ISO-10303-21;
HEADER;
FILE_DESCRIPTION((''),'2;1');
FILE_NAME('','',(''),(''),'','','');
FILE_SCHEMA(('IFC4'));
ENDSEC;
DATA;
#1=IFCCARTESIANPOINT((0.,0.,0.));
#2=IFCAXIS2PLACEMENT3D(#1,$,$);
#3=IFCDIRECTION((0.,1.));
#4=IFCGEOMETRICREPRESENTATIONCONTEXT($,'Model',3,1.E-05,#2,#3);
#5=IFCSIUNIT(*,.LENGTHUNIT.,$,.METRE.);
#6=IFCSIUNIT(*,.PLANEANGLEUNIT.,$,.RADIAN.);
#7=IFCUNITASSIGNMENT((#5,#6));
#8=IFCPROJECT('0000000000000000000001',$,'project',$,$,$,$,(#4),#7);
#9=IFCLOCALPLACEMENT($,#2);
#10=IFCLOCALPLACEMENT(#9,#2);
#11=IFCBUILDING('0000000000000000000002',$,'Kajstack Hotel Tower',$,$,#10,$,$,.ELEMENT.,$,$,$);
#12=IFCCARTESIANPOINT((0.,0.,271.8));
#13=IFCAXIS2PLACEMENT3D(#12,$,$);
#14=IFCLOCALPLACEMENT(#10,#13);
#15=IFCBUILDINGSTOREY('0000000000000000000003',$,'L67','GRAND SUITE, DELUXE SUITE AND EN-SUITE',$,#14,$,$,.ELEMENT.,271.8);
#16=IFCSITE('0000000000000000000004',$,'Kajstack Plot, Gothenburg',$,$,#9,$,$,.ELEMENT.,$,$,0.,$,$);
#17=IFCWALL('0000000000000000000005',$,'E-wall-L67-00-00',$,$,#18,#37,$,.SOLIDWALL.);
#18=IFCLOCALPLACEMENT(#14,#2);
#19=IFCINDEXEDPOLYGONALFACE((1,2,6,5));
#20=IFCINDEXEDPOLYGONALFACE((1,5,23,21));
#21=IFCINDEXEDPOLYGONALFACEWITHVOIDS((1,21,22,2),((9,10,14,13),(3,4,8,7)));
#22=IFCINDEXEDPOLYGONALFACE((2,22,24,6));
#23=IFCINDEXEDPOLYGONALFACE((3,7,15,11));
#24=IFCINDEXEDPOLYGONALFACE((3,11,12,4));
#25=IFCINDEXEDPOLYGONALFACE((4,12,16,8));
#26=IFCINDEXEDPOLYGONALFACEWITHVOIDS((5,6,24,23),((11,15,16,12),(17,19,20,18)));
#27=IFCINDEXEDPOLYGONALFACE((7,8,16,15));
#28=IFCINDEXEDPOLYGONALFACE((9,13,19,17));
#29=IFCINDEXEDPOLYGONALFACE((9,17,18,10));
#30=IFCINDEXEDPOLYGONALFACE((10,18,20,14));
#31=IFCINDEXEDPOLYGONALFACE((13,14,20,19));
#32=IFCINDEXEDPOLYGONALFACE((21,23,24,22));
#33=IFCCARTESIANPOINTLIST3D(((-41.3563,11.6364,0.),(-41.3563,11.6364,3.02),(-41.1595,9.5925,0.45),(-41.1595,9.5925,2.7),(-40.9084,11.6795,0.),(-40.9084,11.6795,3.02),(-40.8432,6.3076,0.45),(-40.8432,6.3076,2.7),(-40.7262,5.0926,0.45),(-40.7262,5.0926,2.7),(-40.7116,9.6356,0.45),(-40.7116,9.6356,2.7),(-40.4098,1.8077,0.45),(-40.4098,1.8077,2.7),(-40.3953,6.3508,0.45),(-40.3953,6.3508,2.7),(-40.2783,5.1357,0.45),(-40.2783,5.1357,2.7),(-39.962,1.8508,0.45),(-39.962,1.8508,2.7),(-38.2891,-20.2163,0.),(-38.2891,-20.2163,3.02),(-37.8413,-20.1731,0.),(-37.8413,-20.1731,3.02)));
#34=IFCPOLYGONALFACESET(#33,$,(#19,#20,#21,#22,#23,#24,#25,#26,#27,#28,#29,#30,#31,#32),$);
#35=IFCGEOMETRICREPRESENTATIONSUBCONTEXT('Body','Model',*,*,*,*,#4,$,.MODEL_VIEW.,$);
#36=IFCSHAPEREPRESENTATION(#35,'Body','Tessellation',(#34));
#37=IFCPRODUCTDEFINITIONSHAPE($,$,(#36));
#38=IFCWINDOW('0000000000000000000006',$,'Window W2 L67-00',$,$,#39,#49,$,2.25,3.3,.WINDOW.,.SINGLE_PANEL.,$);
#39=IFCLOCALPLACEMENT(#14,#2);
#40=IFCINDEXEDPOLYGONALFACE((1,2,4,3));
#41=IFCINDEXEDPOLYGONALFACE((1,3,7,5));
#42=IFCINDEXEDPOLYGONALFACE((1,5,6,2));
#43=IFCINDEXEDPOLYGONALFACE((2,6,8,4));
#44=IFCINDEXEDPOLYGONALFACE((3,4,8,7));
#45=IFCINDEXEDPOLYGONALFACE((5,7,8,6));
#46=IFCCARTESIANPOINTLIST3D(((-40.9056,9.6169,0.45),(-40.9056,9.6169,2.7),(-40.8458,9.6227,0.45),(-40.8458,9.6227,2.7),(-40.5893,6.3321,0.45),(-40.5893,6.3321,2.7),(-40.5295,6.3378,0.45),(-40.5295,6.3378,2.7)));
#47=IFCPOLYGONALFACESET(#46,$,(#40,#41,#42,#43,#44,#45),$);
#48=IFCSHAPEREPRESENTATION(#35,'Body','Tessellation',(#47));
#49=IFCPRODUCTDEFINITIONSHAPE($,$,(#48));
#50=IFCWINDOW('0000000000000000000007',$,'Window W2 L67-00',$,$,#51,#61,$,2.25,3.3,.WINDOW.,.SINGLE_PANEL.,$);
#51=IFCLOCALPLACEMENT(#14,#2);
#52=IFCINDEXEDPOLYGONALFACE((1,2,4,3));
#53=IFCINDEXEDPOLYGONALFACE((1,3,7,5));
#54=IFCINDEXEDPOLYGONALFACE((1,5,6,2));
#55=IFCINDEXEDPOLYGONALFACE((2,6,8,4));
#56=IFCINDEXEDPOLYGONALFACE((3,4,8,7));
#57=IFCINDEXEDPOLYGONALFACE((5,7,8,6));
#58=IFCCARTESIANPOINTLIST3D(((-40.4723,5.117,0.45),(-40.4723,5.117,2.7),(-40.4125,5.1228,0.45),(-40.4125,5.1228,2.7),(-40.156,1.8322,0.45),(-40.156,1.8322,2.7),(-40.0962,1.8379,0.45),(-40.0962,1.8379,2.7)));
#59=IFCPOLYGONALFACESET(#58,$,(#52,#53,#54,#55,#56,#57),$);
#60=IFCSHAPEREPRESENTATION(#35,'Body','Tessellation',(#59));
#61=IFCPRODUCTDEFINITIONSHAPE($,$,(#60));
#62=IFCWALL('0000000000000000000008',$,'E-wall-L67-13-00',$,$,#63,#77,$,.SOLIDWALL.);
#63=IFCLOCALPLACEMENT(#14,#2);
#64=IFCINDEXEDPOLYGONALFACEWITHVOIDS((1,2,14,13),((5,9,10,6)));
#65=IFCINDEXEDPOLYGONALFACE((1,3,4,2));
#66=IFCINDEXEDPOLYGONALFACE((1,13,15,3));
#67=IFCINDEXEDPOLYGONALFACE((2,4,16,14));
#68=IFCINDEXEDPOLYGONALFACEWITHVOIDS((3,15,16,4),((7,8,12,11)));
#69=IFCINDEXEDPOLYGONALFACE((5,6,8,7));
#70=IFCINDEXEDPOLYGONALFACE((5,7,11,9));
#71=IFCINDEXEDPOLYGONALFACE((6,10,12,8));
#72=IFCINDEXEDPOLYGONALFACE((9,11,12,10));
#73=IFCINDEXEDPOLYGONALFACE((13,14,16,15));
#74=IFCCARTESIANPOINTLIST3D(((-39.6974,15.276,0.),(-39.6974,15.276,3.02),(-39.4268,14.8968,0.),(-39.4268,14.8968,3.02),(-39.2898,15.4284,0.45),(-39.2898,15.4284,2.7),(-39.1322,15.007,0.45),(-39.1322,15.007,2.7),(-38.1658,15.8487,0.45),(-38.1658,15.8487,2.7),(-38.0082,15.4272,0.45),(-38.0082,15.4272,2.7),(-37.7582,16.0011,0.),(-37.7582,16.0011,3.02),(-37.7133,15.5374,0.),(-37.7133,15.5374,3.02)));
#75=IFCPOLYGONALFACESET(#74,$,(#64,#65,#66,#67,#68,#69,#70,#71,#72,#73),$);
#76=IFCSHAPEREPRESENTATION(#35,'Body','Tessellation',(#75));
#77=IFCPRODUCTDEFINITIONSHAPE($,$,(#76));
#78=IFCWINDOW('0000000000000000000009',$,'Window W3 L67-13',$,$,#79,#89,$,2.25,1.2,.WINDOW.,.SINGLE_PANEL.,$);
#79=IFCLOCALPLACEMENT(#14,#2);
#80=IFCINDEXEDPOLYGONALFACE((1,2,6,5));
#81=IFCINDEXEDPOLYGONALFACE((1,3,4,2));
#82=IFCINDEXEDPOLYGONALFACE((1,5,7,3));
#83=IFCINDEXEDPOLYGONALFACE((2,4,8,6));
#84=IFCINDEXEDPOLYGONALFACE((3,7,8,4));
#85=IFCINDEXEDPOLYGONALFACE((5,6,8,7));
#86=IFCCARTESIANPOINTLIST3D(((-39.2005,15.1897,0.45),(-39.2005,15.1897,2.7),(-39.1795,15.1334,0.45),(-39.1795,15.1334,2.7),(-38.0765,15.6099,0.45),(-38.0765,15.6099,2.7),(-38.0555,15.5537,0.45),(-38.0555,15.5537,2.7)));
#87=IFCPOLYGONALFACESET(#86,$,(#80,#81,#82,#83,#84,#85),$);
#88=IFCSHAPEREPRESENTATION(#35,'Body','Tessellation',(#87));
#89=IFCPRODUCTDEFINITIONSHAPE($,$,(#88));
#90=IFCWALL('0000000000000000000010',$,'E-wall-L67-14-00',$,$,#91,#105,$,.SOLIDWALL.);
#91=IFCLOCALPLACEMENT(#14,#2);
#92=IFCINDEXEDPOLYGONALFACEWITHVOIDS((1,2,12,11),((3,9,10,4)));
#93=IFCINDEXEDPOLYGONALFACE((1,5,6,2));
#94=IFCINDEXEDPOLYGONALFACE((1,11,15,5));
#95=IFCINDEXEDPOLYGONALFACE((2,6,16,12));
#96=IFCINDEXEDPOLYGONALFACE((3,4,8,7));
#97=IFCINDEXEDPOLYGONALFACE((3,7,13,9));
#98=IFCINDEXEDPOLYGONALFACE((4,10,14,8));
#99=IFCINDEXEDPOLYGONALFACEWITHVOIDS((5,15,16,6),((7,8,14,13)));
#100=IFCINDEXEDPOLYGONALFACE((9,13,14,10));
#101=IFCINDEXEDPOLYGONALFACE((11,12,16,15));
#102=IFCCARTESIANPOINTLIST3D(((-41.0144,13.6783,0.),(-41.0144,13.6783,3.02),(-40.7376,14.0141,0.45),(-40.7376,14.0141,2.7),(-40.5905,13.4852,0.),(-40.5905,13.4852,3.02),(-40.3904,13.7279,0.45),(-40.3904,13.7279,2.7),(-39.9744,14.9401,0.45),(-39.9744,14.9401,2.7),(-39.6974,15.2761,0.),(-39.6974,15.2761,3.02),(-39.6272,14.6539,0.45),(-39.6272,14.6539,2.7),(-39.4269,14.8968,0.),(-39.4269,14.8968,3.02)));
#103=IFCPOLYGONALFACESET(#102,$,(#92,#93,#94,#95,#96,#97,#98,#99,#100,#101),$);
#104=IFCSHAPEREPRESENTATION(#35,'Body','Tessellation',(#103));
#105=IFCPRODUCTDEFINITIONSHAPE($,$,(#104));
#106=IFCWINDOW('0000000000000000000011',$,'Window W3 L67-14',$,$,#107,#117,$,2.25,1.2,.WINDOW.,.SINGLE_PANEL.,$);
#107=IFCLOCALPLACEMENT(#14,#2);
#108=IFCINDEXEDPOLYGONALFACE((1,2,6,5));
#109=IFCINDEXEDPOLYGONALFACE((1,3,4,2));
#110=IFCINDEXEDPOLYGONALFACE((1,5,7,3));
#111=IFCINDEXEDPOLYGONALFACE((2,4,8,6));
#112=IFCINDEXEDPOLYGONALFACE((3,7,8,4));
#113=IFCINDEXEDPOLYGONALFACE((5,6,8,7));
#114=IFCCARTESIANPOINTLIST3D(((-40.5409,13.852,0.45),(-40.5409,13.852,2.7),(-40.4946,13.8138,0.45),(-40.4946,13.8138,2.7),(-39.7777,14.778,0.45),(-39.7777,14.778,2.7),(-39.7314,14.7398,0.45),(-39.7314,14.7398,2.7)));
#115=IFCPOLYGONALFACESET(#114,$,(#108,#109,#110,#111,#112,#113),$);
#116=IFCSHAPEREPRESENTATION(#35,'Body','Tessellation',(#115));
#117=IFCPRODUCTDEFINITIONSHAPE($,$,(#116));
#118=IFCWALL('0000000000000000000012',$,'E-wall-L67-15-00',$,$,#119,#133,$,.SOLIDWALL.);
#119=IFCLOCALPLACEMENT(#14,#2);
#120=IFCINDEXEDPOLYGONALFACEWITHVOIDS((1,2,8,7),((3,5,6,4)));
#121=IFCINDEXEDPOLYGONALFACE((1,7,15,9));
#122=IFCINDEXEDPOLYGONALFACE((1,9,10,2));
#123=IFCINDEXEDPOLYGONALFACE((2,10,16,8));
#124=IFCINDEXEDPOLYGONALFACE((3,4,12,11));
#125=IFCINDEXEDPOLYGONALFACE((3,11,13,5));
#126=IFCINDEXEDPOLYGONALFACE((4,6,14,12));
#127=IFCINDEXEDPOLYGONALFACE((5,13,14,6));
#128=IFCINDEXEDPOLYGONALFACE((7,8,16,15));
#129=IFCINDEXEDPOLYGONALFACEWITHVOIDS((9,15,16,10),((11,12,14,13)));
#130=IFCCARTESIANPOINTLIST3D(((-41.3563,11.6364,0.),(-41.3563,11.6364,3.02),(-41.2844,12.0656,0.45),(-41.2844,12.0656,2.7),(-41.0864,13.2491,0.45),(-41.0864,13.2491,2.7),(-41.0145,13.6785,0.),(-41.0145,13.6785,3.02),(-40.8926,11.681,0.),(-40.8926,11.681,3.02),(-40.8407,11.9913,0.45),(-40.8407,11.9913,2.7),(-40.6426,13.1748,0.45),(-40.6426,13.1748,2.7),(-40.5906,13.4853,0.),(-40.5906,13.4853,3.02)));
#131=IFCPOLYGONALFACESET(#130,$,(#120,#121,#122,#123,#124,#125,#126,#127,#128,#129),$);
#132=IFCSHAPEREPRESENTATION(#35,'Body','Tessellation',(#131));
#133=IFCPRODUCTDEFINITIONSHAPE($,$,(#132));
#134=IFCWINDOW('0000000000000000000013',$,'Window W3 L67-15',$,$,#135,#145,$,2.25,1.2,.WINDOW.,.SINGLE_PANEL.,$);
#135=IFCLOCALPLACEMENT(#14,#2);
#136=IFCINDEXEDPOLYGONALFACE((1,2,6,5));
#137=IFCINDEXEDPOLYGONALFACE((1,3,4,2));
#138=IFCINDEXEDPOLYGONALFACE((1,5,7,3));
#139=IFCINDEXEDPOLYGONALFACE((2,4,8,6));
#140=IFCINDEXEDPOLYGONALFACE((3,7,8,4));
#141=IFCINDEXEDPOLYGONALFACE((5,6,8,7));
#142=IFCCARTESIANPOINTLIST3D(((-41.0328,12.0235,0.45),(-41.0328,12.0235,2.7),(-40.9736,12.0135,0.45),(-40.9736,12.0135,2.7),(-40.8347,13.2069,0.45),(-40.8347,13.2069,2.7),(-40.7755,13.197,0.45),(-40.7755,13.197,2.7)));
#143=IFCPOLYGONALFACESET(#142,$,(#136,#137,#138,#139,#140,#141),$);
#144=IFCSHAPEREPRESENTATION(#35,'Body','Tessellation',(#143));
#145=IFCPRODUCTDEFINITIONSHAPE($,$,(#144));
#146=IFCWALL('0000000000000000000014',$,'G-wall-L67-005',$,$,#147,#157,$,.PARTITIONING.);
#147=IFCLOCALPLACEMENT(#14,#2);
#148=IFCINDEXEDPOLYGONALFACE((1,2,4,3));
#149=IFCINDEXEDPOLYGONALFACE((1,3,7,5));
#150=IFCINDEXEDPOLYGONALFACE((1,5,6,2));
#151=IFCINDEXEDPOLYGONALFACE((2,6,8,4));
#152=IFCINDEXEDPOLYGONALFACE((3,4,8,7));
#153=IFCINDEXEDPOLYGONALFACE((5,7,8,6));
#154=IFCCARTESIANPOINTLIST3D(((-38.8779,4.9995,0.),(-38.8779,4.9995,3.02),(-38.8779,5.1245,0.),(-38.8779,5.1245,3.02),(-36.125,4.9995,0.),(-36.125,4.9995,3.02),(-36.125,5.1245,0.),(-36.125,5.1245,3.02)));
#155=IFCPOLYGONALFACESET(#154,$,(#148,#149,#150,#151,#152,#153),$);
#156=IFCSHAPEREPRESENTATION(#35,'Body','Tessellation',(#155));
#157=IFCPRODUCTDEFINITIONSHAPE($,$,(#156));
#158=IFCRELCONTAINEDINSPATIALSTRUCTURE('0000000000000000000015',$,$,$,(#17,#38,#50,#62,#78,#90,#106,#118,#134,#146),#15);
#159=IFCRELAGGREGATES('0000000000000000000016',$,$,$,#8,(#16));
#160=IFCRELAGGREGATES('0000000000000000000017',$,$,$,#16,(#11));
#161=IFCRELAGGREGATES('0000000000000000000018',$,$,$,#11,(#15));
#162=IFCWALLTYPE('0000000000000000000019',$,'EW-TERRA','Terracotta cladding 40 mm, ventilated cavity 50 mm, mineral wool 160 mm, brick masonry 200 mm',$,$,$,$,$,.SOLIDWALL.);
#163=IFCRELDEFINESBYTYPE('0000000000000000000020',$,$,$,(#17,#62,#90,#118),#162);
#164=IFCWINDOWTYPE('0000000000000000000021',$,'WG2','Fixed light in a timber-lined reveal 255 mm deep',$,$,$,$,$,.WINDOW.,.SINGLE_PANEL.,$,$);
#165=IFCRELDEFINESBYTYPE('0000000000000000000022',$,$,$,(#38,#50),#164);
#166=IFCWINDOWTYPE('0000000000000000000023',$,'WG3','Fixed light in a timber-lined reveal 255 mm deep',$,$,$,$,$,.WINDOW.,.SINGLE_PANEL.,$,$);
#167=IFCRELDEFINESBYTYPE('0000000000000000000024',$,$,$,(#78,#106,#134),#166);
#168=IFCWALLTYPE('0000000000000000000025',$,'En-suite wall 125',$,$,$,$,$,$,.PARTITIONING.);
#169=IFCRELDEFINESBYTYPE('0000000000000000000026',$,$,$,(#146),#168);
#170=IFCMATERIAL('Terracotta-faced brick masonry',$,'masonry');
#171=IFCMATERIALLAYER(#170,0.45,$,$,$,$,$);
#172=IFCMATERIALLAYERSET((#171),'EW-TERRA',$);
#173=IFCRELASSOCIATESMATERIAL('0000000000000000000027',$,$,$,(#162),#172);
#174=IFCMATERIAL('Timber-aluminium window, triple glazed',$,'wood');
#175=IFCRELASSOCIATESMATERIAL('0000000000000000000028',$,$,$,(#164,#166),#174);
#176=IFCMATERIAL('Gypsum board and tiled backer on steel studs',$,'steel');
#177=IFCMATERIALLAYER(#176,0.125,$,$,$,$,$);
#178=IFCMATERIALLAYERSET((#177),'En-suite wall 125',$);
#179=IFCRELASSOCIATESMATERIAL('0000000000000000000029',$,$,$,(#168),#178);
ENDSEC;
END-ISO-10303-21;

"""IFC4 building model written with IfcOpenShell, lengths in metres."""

from ifc_helpers import new_model, si_unit, direction, frame, frame_2d, origin, place, context, subcontext, project, spatial, polyline, rectangle, outline, extrude, material, layer, layer_set, type_object, element, fill, save


model = new_model("IFC4")

# Units and contexts
model_context = context("Model", 3, precision=1e-05, world=origin(), true_north=direction((0.0, 1.0)))
body_context = subcontext(model_context, "Body", "Model", "MODEL_VIEW")
ifc_project = project(units=[si_unit("LENGTHUNIT", "METRE"), si_unit("PLANEANGLEUNIT", "RADIAN")], contexts=[model_context])

# Site, building, storey
site_placement = place(None, origin())
site = spatial("IfcSite", under=ifc_project, at=site_placement, Name="Kajstack Plot, Gothenburg", CompositionType="ELEMENT", RefElevation=0.0)
building_placement = place(site_placement, origin())
building = spatial("IfcBuilding", under=site, at=building_placement, Name="Kajstack Hotel Tower", CompositionType="ELEMENT")
storey_placement = place(building_placement, frame((0.0, 0.0, 271.8)))
storey = spatial("IfcBuildingStorey", under=building, at=storey_placement, Name="L67", Description="GRAND SUITE, DELUXE SUITE AND EN-SUITE", CompositionType="ELEMENT", Elevation=271.8)

# Wall, openings, windows
ifc_material_1 = material(Name="Terracotta-faced brick masonry", Category="masonry")
ifc_layer_1 = layer(ifc_material_1, 0.45)
ifc_layer_set_1 = layer_set([ifc_layer_1], Name="EW-TERRA")
wall_type_1 = type_object("IfcWallType", Name="EW-TERRA", Description="Terracotta cladding 40 mm, ventilated cavity 50 mm, mineral wool 160 mm, brick masonry 200 mm", PredefinedType="SOLIDWALL", material=ifc_layer_set_1)
wall_1_placement = place(storey_placement, frame((-41.1323, 11.658, 0.0), z_axis=(0.0, 0.0, 1.0), x_axis=(0.095848, -0.995396, 0.0)))
wall_1 = element("IfcWall", 1, at=wall_1_placement, inside=storey, type_object=wall_type_1, Name="E-wall-L67-00-00", PredefinedType="SOLIDWALL", context=body_context, shape_type="SweptSolid", body=[
    extrude(rectangle(XDim=32.0, YDim=0.45, at=frame_2d((16.0, 0.0))), origin(), (0.0, 0.0, 1.0), 3.02),
])
opening_1_placement = place(wall_1_placement, frame((2.0535, 0.0, 0.45)))
opening_1 = element("IfcOpeningElement", 2, at=opening_1_placement, cuts=wall_1, PredefinedType="OPENING", context=body_context, shape_type="SweptSolid", body=[
    extrude(rectangle(XDim=3.3, YDim=2.25, at=frame_2d((1.6499, 1.125))), frame((0.0, 0.2349, 0.0), z_axis=(0.0, -1.0, 0.0), x_axis=(1.0, 0.0, 0.0)), (0.0, 0.0, 1.0), 0.47),
])
opening_2_placement = place(wall_1_placement, frame((6.5742, 0.0, 0.45)))
opening_2 = element("IfcOpeningElement", 3, at=opening_2_placement, cuts=wall_1, PredefinedType="OPENING", context=body_context, shape_type="SweptSolid", body=[
    extrude(rectangle(XDim=3.3, YDim=2.25, at=frame_2d((1.6499, 1.125))), frame((0.0, 0.2349, 0.0), z_axis=(0.0, -1.0, 0.0), x_axis=(1.0, 0.0, 0.0)), (0.0, 0.0, 1.0), 0.47),
])
ifc_material_2 = material(Name="Timber-aluminium window, triple glazed", Category="wood")
window_type_1 = type_object("IfcWindowType", Name="WG2", Description="Fixed light in a timber-lined reveal 255 mm deep", PartitioningType="SINGLE_PANEL", PredefinedType="WINDOW", material=ifc_material_2)
window_1_placement = place(opening_1_placement, origin())
window_1 = element("IfcWindow", 4, at=window_1_placement, inside=storey, type_object=window_type_1, Name="Window W2 L67-00", OverallHeight=2.25, OverallWidth=3.3, PartitioningType="SINGLE_PANEL", PredefinedType="WINDOW", context=body_context, shape_type="SweptSolid", body=[
    extrude(rectangle(XDim=3.3, YDim=2.25, at=frame_2d((1.6499, 1.125))), frame((0.0, 0.0901, 0.0), z_axis=(0.0, -1.0, 0.0), x_axis=(1.0, 0.0, 0.0)), (0.0, 0.0, 1.0), 0.0601),
])
fill(opening_1, window_1)
window_2_placement = place(opening_2_placement, origin())
window_2 = element("IfcWindow", 5, at=window_2_placement, inside=storey, type_object=window_type_1, Name="Window W2 L67-00", OverallHeight=2.25, OverallWidth=3.3, PartitioningType="SINGLE_PANEL", PredefinedType="WINDOW", context=body_context, shape_type="SweptSolid", body=[
    extrude(rectangle(XDim=3.3, YDim=2.25, at=frame_2d((1.6499, 1.125))), frame((0.0, 0.0901, 0.0), z_axis=(0.0, -1.0, 0.0), x_axis=(1.0, 0.0, 0.0)), (0.0, 0.0, 1.0), 0.0601),
])
fill(opening_2, window_2)

# Walls, openings, windows
wall_2_placement = place(storey_placement, frame((-37.6792, 15.7905, 0.0), z_axis=(0.0, 0.0, 1.0), x_axis=(-0.936678, -0.350193, 0.0)))
wall_2 = element("IfcWall", 6, at=wall_2_placement, inside=storey, type_object=wall_type_1, Name="E-wall-L67-13-00", PredefinedType="SOLIDWALL", context=body_context, shape_type="SweptSolid", body=[
    extrude(outline(polyline([(0.0002, -0.2249), (2.0706, -0.2249), (1.95, 0.2251), (0.1206, 0.2251), (0.0002, -0.2249)])), origin(), (0.0, 0.0, 1.0), 3.02),
])
opening_3_placement = place(wall_2_placement, frame((0.4353, 0.0, 0.45)))
opening_3 = element("IfcOpeningElement", 7, at=opening_3_placement, cuts=wall_2, PredefinedType="OPENING", context=body_context, shape_type="SweptSolid", body=[
    extrude(rectangle(XDim=1.2, YDim=2.25, at=frame_2d((0.6001, 1.125))), frame((0.0, 0.2349, 0.0), z_axis=(0.0, -1.0, 0.0), x_axis=(1.0, 0.0, 0.0)), (0.0, 0.0, 1.0), 0.47),
])
window_type_2 = type_object("IfcWindowType", Name="WG3", Description="Fixed light in a timber-lined reveal 255 mm deep", PartitioningType="SINGLE_PANEL", PredefinedType="WINDOW", material=ifc_material_2)
window_3_placement = place(opening_3_placement, origin())
window_3 = element("IfcWindow", 8, at=window_3_placement, inside=storey, type_object=window_type_2, Name="Window W3 L67-13", OverallHeight=2.25, OverallWidth=1.2, PartitioningType="SINGLE_PANEL", PredefinedType="WINDOW", context=body_context, shape_type="SweptSolid", body=[
    extrude(rectangle(XDim=1.2, YDim=2.25, at=frame_2d((0.6001, 1.125))), frame((0.0, 0.0901, 0.0), z_axis=(0.0, -1.0, 0.0), x_axis=(1.0, 0.0, 0.0)), (0.0, 0.0, 1.0), 0.0601),
])
fill(opening_3, window_3)
wall_3_placement = place(storey_placement, frame((-39.5239, 15.1331, 0.0), z_axis=(0.0, 0.0, 1.0), x_axis=(-0.636046, -0.771651, 0.0)))
wall_3 = element("IfcWall", 9, at=wall_3_placement, inside=storey, type_object=wall_type_1, Name="E-wall-L67-14-00", PredefinedType="SOLIDWALL", context=body_context, shape_type="SweptSolid", body=[
    extrude(outline(polyline([(0.0, -0.2249), (2.0706, -0.2249), (1.95, 0.2251), (0.1206, 0.2251), (0.0, -0.2249)])), origin(), (0.0, 0.0, 1.0), 3.02),
])
opening_4_placement = place(wall_3_placement, frame((0.4353, 0.0, 0.45)))
opening_4 = element("IfcOpeningElement", 10, at=opening_4_placement, cuts=wall_3, PredefinedType="OPENING", context=body_context, shape_type="SweptSolid", body=[
    extrude(rectangle(XDim=1.2, YDim=2.25, at=frame_2d((0.6001, 1.125))), frame((0.0, 0.2349, 0.0), z_axis=(0.0, -1.0, 0.0), x_axis=(1.0, 0.0, 0.0)), (0.0, 0.0, 1.0), 0.47),
])
window_4_placement = place(opening_4_placement, origin())
window_4 = element("IfcWindow", 11, at=window_4_placement, inside=storey, type_object=window_type_2, Name="Window W3 L67-14", OverallHeight=2.25, OverallWidth=1.2, PartitioningType="SINGLE_PANEL", PredefinedType="WINDOW", context=body_context, shape_type="SweptSolid", body=[
    extrude(rectangle(XDim=1.2, YDim=2.25, at=frame_2d((0.6001, 1.125))), frame((0.0, 0.0901, 0.0), z_axis=(0.0, -1.0, 0.0), x_axis=(1.0, 0.0, 0.0)), (0.0, 0.0, 1.0), 0.0601),
])
fill(opening_4, window_4)
wall_4_placement = place(storey_placement, frame((-40.7925, 13.6414, 0.0), z_axis=(0.0, 0.0, 1.0), x_axis=(-0.165068, -0.986282, 0.0)))
wall_4 = element("IfcWall", 12, at=wall_4_placement, inside=storey, type_object=wall_type_1, Name="E-wall-L67-15-00", PredefinedType="SOLIDWALL", context=body_context, shape_type="SweptSolid", body=[
    extrude(outline(polyline([(0.0, -0.2251), (2.0706, -0.2251), (1.95, 0.2249), (0.1206, 0.2249), (0.0, -0.2251)])), origin(), (0.0, 0.0, 1.0), 3.02),
])
opening_5_placement = place(wall_4_placement, frame((0.4353, 0.0, 0.45)))
opening_5 = element("IfcOpeningElement", 13, at=opening_5_placement, cuts=wall_4, PredefinedType="OPENING", context=body_context, shape_type="SweptSolid", body=[
    extrude(rectangle(XDim=1.2, YDim=2.25, at=frame_2d((0.6001, 1.125))), frame((0.0, 0.2349, 0.0), z_axis=(0.0, -1.0, 0.0), x_axis=(1.0, 0.0, 0.0)), (0.0, 0.0, 1.0), 0.47),
])
window_5_placement = place(opening_5_placement, origin())
window_5 = element("IfcWindow", 14, at=window_5_placement, inside=storey, type_object=window_type_2, Name="Window W3 L67-15", OverallHeight=2.25, OverallWidth=1.2, PartitioningType="SINGLE_PANEL", PredefinedType="WINDOW", context=body_context, shape_type="SweptSolid", body=[
    extrude(rectangle(XDim=1.2, YDim=2.25, at=frame_2d((0.6001, 1.125))), frame((0.0, 0.0901, 0.0), z_axis=(0.0, -1.0, 0.0), x_axis=(1.0, 0.0, 0.0)), (0.0, 0.0, 1.0), 0.0601),
])
fill(opening_5, window_5)

# Wall
ifc_material_3 = material(Name="Gypsum board and tiled backer on steel studs", Category="steel")
ifc_layer_2 = layer(ifc_material_3, 0.125)
ifc_layer_set_2 = layer_set([ifc_layer_2], Name="En-suite wall 125")
wall_type_2 = type_object("IfcWallType", Name="En-suite wall 125", PredefinedType="PARTITIONING", material=ifc_layer_set_2)
wall_5_placement = place(storey_placement, frame((-38.8779, 5.062, 0.0), z_axis=(0.0, 0.0, 1.0), x_axis=(1.0, 0.0, 0.0)))
element("IfcWall", 15, at=wall_5_placement, inside=storey, type_object=wall_type_2, Name="G-wall-L67-005", PredefinedType="PARTITIONING", context=body_context, shape_type="SweptSolid", body=[
    extrude(rectangle(XDim=2.7529, YDim=0.125, at=frame_2d((1.3765, 0.0))), origin(), (0.0, 0.0, 1.0), 3.02),
])

save(model, "model.ifc")
